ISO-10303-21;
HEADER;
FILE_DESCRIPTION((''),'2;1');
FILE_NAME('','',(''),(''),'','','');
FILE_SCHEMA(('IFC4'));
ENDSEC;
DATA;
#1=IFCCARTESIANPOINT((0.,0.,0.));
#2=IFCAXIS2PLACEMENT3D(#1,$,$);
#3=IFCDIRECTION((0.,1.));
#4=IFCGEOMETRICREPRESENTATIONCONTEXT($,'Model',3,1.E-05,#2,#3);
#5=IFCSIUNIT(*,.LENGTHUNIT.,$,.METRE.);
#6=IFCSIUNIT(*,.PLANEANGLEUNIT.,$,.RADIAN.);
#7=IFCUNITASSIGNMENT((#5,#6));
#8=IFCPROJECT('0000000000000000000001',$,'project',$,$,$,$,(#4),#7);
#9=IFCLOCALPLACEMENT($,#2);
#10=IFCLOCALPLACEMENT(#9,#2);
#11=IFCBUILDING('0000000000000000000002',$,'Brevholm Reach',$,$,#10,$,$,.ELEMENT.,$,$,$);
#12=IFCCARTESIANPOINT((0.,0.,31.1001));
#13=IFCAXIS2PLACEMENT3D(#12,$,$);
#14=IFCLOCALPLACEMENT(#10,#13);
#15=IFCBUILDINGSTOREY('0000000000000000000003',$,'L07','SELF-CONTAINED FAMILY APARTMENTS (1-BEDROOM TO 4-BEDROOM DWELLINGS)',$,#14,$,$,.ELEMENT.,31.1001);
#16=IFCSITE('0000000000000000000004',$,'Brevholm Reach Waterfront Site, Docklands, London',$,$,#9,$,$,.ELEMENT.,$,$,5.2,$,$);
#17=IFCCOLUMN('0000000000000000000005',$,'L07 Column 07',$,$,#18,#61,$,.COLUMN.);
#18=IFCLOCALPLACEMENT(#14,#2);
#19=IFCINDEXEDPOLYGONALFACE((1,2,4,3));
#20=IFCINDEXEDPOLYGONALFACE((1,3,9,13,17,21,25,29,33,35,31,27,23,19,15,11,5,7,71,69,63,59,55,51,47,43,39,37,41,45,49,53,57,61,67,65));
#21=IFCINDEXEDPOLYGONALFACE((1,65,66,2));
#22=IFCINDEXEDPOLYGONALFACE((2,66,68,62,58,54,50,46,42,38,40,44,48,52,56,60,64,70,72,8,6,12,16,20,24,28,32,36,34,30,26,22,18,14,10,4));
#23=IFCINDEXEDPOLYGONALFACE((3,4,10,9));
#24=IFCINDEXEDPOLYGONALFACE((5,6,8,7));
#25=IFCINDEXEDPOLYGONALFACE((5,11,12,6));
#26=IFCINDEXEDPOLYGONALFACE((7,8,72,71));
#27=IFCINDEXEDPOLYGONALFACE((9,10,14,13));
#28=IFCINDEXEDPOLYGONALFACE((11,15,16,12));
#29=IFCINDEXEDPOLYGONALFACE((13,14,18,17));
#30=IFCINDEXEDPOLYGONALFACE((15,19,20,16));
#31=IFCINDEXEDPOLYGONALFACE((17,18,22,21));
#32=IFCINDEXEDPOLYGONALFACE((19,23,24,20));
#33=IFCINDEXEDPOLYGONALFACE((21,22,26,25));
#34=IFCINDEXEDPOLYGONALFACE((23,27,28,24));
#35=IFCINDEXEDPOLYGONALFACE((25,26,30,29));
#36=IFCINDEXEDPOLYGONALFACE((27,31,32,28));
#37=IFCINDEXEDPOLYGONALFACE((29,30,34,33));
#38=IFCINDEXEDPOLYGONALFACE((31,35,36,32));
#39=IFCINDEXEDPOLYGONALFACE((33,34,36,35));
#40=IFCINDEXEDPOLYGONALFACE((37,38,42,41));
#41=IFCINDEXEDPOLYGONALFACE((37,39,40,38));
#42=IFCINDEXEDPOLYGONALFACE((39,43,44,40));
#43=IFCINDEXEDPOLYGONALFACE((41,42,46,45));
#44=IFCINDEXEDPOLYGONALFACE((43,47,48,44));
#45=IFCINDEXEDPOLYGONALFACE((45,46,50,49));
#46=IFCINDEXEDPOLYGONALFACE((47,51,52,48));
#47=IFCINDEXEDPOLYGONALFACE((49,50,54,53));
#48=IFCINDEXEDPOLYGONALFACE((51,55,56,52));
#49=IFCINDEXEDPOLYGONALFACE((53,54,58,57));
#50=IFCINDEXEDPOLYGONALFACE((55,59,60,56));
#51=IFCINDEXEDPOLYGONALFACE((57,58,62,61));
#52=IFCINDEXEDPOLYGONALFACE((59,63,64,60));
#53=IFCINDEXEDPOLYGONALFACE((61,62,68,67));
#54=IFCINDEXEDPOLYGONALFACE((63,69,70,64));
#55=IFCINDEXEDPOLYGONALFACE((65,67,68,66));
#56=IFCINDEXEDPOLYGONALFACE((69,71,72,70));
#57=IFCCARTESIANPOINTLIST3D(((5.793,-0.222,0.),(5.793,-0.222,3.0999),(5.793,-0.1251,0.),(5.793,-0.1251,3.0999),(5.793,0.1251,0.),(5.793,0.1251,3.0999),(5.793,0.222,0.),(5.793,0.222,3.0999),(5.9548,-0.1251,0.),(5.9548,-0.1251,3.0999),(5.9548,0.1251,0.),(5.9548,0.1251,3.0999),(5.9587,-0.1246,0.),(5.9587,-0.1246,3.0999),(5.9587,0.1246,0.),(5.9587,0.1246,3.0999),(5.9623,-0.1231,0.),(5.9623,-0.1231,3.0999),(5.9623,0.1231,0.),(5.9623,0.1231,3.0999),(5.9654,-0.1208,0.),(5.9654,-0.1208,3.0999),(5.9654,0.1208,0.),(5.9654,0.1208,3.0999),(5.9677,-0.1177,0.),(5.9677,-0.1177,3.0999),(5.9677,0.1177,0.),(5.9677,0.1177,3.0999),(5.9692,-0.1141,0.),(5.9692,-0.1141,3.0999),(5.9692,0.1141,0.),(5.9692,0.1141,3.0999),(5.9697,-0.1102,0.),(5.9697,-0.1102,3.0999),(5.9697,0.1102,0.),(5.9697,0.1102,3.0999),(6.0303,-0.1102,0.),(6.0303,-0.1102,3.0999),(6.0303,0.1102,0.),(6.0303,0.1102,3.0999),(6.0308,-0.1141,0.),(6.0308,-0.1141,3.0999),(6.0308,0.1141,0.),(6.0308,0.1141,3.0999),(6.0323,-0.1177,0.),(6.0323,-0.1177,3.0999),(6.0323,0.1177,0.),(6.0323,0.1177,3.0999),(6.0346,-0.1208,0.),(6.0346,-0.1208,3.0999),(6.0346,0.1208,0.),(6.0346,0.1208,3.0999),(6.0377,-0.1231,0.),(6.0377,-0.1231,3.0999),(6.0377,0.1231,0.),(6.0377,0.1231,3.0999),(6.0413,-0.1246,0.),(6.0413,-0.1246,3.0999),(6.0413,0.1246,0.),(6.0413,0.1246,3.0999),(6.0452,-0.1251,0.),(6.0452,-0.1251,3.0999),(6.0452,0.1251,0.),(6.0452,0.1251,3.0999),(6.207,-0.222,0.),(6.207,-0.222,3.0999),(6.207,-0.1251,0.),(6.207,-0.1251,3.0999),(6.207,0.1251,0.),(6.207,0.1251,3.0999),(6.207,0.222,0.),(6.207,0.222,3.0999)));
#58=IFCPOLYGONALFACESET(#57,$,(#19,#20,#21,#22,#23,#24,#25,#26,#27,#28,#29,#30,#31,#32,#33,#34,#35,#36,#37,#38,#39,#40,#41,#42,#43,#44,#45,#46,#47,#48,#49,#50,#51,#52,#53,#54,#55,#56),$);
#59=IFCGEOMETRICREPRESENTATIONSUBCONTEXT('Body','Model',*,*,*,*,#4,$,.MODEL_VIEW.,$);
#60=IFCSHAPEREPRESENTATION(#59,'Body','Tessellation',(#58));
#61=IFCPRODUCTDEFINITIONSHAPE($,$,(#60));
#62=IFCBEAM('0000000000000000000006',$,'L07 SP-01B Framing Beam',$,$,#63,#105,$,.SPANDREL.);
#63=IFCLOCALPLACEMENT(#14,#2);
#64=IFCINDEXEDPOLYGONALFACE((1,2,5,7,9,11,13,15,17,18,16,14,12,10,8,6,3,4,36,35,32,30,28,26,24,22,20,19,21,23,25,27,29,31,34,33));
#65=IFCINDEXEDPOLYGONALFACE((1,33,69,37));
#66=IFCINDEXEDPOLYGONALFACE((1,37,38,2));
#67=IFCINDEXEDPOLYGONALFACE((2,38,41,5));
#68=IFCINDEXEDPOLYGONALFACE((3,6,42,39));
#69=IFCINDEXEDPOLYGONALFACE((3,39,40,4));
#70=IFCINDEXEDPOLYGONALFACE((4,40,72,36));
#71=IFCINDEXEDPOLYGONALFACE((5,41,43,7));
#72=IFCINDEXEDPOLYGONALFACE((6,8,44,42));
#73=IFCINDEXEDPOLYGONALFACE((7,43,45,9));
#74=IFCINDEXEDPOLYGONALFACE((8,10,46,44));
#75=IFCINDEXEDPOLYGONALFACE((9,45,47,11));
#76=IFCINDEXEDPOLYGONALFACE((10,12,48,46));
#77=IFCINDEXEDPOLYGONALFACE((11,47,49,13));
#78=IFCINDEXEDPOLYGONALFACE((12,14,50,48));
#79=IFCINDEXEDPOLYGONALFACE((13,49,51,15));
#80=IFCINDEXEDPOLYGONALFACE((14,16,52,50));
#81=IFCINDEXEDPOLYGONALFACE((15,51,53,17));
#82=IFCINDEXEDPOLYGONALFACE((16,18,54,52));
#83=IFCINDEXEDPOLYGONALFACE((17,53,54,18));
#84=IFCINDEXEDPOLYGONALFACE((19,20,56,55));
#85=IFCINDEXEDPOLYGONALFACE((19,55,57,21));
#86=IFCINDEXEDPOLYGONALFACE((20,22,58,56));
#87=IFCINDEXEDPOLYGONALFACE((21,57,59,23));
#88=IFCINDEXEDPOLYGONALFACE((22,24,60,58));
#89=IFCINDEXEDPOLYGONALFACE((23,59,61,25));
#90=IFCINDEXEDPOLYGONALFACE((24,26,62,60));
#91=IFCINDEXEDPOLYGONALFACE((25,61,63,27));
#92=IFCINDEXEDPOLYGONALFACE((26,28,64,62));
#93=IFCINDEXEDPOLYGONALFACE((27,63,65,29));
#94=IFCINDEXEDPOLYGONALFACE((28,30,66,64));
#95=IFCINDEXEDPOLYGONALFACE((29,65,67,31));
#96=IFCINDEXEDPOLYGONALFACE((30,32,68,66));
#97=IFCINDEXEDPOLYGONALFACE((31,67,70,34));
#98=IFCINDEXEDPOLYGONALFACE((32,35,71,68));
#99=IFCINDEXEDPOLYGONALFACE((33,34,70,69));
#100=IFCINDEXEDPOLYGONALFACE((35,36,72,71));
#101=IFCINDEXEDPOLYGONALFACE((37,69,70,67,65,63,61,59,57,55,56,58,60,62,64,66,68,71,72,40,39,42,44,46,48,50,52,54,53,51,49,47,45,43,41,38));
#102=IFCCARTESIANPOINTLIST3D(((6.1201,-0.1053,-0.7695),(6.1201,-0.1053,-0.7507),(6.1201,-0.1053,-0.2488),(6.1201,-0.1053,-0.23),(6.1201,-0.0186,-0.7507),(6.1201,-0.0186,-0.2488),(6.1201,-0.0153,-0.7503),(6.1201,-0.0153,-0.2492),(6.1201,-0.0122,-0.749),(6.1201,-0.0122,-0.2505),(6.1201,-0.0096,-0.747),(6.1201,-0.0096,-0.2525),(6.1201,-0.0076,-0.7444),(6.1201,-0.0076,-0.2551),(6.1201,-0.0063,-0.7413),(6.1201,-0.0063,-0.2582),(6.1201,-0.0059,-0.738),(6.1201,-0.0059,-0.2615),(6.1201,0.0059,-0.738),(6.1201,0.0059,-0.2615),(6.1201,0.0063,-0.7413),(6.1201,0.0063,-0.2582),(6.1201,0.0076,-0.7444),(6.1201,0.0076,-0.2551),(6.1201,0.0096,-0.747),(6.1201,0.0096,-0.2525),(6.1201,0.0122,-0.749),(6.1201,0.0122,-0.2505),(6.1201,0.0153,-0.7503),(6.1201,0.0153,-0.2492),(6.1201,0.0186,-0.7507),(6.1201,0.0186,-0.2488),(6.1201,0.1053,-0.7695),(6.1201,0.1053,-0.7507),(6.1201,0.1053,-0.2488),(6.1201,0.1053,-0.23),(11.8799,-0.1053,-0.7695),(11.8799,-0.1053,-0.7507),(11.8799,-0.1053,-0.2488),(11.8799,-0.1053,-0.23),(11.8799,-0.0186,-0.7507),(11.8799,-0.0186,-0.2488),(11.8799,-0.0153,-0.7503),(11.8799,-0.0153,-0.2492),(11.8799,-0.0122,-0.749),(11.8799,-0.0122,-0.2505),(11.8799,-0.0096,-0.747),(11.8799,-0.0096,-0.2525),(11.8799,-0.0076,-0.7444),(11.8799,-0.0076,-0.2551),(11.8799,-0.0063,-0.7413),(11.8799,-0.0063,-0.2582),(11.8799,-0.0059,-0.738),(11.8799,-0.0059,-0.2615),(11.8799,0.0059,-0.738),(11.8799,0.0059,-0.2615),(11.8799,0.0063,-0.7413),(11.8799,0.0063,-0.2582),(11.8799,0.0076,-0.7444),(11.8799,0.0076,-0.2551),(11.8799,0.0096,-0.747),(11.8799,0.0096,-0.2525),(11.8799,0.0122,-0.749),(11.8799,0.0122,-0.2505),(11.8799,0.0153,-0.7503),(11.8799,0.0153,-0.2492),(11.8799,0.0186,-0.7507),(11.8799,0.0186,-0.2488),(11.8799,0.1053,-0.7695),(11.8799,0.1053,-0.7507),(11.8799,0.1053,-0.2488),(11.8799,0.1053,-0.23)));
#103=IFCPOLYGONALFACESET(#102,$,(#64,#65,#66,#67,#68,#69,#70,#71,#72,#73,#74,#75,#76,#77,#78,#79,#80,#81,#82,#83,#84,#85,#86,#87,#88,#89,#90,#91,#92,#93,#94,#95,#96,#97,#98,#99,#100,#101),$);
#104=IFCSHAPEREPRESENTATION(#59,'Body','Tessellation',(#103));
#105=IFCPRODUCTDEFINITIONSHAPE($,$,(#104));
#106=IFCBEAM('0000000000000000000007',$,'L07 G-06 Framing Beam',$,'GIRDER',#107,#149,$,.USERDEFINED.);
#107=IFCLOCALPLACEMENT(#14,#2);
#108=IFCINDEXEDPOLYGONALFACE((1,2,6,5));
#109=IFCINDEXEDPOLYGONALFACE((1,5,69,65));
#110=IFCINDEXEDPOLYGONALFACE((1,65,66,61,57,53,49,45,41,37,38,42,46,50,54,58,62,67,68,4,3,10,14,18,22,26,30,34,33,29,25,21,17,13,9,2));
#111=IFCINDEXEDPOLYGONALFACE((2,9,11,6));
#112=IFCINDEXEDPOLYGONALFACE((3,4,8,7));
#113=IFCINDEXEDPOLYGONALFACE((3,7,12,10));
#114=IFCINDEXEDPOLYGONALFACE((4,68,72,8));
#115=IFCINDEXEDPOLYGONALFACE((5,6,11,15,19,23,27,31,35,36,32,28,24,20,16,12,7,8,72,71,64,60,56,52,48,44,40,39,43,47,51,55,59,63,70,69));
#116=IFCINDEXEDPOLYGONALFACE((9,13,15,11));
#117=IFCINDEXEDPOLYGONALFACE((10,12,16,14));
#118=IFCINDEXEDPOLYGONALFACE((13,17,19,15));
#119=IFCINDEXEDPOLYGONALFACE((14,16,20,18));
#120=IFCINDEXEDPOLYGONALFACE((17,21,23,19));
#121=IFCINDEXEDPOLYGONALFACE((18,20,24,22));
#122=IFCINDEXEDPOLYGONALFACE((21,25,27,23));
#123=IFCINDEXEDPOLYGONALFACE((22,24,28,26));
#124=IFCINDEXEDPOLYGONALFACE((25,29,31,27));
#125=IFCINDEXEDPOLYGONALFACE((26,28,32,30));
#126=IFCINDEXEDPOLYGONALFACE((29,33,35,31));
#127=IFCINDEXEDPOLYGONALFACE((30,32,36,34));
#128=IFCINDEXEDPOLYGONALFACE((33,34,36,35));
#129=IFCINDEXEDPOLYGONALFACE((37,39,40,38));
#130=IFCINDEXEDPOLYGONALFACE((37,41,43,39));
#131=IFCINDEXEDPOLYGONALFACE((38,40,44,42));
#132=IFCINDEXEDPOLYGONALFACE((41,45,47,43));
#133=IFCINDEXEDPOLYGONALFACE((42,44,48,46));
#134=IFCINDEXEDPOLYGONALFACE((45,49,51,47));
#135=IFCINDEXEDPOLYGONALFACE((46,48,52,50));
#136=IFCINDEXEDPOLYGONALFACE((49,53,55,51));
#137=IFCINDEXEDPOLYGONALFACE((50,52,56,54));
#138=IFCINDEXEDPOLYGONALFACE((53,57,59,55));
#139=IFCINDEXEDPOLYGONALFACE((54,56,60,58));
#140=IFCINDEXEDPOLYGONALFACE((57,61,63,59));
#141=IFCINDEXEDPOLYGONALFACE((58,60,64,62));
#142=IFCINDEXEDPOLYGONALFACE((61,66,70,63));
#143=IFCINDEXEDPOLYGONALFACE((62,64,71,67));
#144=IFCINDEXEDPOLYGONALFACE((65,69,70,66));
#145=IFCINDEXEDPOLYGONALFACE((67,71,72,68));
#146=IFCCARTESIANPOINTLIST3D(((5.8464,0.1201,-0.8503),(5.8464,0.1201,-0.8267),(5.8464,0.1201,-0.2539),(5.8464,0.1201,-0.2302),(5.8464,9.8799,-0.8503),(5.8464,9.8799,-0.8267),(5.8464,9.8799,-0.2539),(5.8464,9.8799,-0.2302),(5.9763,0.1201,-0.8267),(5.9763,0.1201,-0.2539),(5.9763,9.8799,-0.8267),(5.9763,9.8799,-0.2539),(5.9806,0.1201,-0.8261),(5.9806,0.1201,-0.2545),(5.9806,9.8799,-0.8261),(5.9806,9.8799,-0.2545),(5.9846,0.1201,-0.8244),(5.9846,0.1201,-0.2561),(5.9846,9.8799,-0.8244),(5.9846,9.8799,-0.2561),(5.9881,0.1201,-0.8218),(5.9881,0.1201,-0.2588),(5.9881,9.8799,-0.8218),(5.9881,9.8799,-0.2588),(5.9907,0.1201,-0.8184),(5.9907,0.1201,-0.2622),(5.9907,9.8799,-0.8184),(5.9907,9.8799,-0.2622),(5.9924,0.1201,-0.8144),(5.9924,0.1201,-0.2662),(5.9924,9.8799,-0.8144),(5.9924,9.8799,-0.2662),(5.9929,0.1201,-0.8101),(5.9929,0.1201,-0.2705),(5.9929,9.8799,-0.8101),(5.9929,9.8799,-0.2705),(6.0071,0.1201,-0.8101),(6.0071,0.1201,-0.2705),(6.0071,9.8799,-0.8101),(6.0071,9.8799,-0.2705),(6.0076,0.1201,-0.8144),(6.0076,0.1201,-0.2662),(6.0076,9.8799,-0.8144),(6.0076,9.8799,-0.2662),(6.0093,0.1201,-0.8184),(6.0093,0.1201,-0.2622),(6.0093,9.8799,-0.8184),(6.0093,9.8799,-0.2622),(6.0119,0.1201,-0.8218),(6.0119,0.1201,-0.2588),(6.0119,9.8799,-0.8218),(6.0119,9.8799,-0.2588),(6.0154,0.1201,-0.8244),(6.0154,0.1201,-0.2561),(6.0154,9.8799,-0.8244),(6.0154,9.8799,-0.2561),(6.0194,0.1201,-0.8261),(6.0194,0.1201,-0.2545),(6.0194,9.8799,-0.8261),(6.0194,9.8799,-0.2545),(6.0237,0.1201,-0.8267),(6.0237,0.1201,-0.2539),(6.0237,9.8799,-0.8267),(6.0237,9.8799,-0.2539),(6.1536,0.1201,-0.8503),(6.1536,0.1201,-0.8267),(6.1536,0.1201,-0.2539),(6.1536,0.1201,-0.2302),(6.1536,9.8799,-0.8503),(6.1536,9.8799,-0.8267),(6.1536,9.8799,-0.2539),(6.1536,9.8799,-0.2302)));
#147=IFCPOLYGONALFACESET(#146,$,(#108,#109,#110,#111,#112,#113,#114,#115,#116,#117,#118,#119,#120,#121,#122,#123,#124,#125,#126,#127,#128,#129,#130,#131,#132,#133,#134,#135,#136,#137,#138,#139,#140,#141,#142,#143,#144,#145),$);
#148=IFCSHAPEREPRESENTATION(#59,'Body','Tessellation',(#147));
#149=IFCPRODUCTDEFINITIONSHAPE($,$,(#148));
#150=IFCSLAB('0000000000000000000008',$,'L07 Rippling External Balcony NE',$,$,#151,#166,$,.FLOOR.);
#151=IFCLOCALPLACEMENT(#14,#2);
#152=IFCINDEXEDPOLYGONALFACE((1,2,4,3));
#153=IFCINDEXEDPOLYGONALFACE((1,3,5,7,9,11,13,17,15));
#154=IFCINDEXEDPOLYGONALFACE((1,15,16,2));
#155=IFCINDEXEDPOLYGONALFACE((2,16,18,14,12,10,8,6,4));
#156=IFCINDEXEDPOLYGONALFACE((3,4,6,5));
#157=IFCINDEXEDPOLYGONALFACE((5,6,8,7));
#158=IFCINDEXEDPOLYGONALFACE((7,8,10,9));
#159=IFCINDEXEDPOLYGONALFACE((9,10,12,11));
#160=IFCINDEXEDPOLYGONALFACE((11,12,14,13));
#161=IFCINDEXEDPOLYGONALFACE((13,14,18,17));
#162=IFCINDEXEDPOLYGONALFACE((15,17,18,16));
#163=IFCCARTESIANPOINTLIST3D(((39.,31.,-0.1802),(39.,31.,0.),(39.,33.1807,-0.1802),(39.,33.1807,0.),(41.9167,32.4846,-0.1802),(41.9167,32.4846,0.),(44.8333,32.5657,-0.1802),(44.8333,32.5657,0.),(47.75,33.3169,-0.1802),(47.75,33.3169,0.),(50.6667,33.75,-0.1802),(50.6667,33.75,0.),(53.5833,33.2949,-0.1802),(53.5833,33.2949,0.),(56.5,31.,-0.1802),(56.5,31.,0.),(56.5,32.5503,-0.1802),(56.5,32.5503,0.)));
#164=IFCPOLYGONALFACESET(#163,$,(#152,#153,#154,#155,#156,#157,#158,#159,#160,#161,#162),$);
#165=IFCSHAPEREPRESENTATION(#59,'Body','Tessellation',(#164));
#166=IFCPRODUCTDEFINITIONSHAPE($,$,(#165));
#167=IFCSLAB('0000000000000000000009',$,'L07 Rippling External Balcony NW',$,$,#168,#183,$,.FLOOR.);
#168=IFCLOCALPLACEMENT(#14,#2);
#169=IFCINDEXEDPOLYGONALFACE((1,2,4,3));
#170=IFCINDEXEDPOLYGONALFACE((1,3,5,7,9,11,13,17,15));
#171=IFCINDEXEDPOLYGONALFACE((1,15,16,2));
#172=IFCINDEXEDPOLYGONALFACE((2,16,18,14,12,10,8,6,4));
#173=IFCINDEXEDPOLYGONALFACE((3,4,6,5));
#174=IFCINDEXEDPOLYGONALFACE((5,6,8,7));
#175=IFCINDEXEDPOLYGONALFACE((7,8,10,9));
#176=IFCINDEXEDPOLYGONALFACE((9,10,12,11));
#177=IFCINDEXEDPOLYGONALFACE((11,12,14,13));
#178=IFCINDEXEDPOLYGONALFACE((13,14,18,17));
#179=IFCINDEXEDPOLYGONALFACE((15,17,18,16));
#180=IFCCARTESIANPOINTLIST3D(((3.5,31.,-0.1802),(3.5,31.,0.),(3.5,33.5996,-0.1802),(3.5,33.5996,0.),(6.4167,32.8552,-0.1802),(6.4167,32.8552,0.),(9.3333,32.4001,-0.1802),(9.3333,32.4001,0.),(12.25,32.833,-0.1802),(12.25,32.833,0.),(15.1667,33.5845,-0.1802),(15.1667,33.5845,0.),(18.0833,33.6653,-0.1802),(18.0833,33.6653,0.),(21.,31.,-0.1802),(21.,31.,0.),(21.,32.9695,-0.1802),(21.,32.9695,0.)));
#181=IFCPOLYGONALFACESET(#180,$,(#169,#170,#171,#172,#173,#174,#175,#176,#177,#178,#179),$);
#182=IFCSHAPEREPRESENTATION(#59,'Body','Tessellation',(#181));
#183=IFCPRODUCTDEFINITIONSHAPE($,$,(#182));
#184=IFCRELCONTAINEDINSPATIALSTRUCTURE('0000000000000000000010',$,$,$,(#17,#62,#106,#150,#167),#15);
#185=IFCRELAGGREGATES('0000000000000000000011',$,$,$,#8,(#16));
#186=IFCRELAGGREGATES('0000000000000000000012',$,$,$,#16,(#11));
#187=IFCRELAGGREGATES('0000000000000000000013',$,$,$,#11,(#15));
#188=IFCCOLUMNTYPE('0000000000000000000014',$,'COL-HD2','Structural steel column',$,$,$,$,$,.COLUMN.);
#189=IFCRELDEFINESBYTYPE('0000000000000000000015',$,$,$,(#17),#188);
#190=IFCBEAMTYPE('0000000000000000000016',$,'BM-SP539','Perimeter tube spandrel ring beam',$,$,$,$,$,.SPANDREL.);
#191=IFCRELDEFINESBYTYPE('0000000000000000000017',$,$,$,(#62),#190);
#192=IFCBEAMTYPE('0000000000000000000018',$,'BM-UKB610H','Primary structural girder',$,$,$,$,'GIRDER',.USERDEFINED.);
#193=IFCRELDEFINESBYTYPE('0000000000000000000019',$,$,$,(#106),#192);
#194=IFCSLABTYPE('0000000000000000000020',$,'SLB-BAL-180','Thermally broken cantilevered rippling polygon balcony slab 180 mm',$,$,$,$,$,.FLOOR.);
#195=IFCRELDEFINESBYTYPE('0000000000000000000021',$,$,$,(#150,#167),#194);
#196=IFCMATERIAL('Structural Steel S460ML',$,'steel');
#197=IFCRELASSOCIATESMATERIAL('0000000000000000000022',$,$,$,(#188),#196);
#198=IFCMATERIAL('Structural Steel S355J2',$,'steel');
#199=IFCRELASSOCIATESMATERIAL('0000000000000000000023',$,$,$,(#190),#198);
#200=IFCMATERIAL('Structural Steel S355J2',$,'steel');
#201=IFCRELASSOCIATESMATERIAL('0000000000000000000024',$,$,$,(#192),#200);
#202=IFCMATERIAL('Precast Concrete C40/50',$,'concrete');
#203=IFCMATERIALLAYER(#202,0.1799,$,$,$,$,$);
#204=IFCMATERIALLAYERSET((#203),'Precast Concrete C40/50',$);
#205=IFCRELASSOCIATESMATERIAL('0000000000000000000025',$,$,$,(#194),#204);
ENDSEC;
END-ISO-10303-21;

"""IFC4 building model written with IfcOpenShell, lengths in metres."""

from ifc_helpers import new_model, si_unit, direction, frame, origin, origin_2d, place, context, subcontext, project, spatial, polyline, i_section, outline, extrude, material, layer, layer_set, material_profile, profile_set, type_object, element, save


model = new_model("IFC4")

# Units and contexts
model_context = context("Model", 3, precision=1e-05, world=origin(), true_north=direction((0.0, 1.0)))
body_context = subcontext(model_context, "Body", "Model", "MODEL_VIEW")
ifc_project = project(units=[si_unit("LENGTHUNIT", "METRE"), si_unit("PLANEANGLEUNIT", "RADIAN")], contexts=[model_context])

# Site, building, storey
site_placement = place(None, origin())
site = spatial("IfcSite", under=ifc_project, at=site_placement, Name="Brevholm Reach Waterfront Site, Docklands, London", CompositionType="ELEMENT", RefElevation=5.2)
building_placement = place(site_placement, origin())
building = spatial("IfcBuilding", under=site, at=building_placement, Name="Brevholm Reach", CompositionType="ELEMENT")
storey_placement = place(building_placement, frame((0.0, 0.0, 31.1001)))
storey = spatial("IfcBuildingStorey", under=building, at=storey_placement, Name="L07", Description="SELF-CONTAINED FAMILY APARTMENTS (1-BEDROOM TO 4-BEDROOM DWELLINGS)", CompositionType="ELEMENT", Elevation=31.1001)

# Column
ifc_material_1 = material(Name="Structural Steel S460ML", Category="steel")
ifc_material_profile_1 = material_profile(ifc_material_1, i_section(OverallWidth=0.4141, OverallDepth=0.4441, WebThickness=0.0605, FlangeThickness=0.0969, FilletRadius=0.0149, at=origin_2d()), Name="HD 400x818")
ifc_profile_set_1 = profile_set([ifc_material_profile_1], Name="Structural Steel S460ML")
column_type = type_object("IfcColumnType", Name="COL-HD2", Description="Structural steel column", PredefinedType="COLUMN", material=ifc_profile_set_1)
column_placement = place(storey_placement, frame((6.0, 0.0, 0.0), z_axis=(0.0, 0.0, 1.0), x_axis=(1.0, 0.0, 0.0)))
element("IfcColumn", 1, at=column_placement, inside=storey, type_object=column_type, Name="L07 Column 07", PredefinedType="COLUMN", context=body_context, shape_type="SweptSolid", body=[
    extrude(i_section(OverallWidth=0.4141, OverallDepth=0.4441, WebThickness=0.0605, FlangeThickness=0.0969, FilletRadius=0.0149, at=origin_2d()), origin(), (0.0, 0.0, 1.0), 3.0999),
])

# Beams
ifc_material_2 = material(Name="Structural Steel S355J2", Category="steel")
ifc_material_profile_2 = material_profile(ifc_material_2, i_section(OverallWidth=0.2107, OverallDepth=0.5396, WebThickness=0.0117, FlangeThickness=0.0188, FilletRadius=0.0127, at=origin_2d()), Name="UKB 533x210x109")
ifc_profile_set_2 = profile_set([ifc_material_profile_2], Name="Structural Steel S355J2")
beam_type_1 = type_object("IfcBeamType", Name="BM-SP539", Description="Perimeter tube spandrel ring beam", PredefinedType="SPANDREL", material=ifc_profile_set_2)
beam_1_placement = place(storey_placement, frame((6.1201, 0.0, -0.4998), z_axis=(1.0, 0.0, 0.0), x_axis=(0.0, 1.0, 0.0)))
element("IfcBeam", 2, at=beam_1_placement, inside=storey, type_object=beam_type_1, Name="L07 SP-01B Framing Beam", PredefinedType="SPANDREL", context=body_context, shape_type="SweptSolid", body=[
    extrude(i_section(OverallWidth=0.2107, OverallDepth=0.5396, WebThickness=0.0117, FlangeThickness=0.0188, FilletRadius=0.0127, at=origin_2d()), origin(), (0.0, 0.0, 1.0), 5.7598),
])
ifc_material_3 = material(Name="Structural Steel S355J2", Category="steel")
ifc_material_profile_3 = material_profile(ifc_material_3, i_section(OverallWidth=0.3071, OverallDepth=0.6201, WebThickness=0.0142, FlangeThickness=0.0237, FilletRadius=0.0166, at=origin_2d()), Name="UKB 610x305x179")
ifc_profile_set_3 = profile_set([ifc_material_profile_3], Name="Structural Steel S355J2")
beam_type_2 = type_object("IfcBeamType", Name="BM-UKB610H", Description="Primary structural girder", ElementType="GIRDER", PredefinedType="USERDEFINED", material=ifc_profile_set_3)
beam_2_placement = place(storey_placement, frame((6.0, 0.1201, -0.5403), z_axis=(0.0, 1.0, 0.0), x_axis=(-1.0, 0.0, 0.0)))
element("IfcBeam", 3, at=beam_2_placement, inside=storey, type_object=beam_type_2, Name="L07 G-06 Framing Beam", ObjectType="GIRDER", PredefinedType="USERDEFINED", context=body_context, shape_type="SweptSolid", body=[
    extrude(i_section(OverallWidth=0.3071, OverallDepth=0.6201, WebThickness=0.0142, FlangeThickness=0.0237, FilletRadius=0.0166, at=origin_2d()), origin(), (0.0, 0.0, 1.0), 9.7598),
])

# Slabs
ifc_material_4 = material(Name="Precast Concrete C40/50", Category="concrete")
ifc_layer_1 = layer(ifc_material_4, 0.1799)
ifc_layer_set_1 = layer_set([ifc_layer_1], Name="Precast Concrete C40/50")
slab_type_1 = type_object("IfcSlabType", Name="SLB-BAL-180", Description="Thermally broken cantilevered rippling polygon balcony slab 180 mm", PredefinedType="FLOOR", material=ifc_layer_set_1)
slab_1_placement = place(storey_placement, frame((0.0, 0.0, -0.1802)))
element("IfcSlab", 4, at=slab_1_placement, inside=storey, type_object=slab_type_1, Name="L07 Rippling External Balcony NE", PredefinedType="FLOOR", context=body_context, shape_type="SweptSolid", body=[
    extrude(outline(polyline([(39.0, 31.0), (56.5, 31.0), (56.5, 32.5503), (53.5833, 33.2949), (50.6667, 33.75), (47.75, 33.3169), (44.8333, 32.5657), (41.9167, 32.4846), (39.0, 33.1807), (39.0, 31.0)])), origin(), (0.0, 0.0, 1.0), 0.1802),
])
slab_2_placement = place(storey_placement, frame((0.0, 0.0, -0.1802)))
element("IfcSlab", 5, at=slab_2_placement, inside=storey, type_object=slab_type_1, Name="L07 Rippling External Balcony NW", PredefinedType="FLOOR", context=body_context, shape_type="SweptSolid", body=[
    extrude(outline(polyline([(3.5, 31.0), (21.0, 31.0), (21.0, 32.9695), (18.0833, 33.6653), (15.1667, 33.5845), (12.25, 32.833), (9.3333, 32.4001), (6.4167, 32.8552), (3.5, 33.5996), (3.5, 31.0)])), origin(), (0.0, 0.0, 1.0), 0.1802),
])

save(model, "model.ifc")
